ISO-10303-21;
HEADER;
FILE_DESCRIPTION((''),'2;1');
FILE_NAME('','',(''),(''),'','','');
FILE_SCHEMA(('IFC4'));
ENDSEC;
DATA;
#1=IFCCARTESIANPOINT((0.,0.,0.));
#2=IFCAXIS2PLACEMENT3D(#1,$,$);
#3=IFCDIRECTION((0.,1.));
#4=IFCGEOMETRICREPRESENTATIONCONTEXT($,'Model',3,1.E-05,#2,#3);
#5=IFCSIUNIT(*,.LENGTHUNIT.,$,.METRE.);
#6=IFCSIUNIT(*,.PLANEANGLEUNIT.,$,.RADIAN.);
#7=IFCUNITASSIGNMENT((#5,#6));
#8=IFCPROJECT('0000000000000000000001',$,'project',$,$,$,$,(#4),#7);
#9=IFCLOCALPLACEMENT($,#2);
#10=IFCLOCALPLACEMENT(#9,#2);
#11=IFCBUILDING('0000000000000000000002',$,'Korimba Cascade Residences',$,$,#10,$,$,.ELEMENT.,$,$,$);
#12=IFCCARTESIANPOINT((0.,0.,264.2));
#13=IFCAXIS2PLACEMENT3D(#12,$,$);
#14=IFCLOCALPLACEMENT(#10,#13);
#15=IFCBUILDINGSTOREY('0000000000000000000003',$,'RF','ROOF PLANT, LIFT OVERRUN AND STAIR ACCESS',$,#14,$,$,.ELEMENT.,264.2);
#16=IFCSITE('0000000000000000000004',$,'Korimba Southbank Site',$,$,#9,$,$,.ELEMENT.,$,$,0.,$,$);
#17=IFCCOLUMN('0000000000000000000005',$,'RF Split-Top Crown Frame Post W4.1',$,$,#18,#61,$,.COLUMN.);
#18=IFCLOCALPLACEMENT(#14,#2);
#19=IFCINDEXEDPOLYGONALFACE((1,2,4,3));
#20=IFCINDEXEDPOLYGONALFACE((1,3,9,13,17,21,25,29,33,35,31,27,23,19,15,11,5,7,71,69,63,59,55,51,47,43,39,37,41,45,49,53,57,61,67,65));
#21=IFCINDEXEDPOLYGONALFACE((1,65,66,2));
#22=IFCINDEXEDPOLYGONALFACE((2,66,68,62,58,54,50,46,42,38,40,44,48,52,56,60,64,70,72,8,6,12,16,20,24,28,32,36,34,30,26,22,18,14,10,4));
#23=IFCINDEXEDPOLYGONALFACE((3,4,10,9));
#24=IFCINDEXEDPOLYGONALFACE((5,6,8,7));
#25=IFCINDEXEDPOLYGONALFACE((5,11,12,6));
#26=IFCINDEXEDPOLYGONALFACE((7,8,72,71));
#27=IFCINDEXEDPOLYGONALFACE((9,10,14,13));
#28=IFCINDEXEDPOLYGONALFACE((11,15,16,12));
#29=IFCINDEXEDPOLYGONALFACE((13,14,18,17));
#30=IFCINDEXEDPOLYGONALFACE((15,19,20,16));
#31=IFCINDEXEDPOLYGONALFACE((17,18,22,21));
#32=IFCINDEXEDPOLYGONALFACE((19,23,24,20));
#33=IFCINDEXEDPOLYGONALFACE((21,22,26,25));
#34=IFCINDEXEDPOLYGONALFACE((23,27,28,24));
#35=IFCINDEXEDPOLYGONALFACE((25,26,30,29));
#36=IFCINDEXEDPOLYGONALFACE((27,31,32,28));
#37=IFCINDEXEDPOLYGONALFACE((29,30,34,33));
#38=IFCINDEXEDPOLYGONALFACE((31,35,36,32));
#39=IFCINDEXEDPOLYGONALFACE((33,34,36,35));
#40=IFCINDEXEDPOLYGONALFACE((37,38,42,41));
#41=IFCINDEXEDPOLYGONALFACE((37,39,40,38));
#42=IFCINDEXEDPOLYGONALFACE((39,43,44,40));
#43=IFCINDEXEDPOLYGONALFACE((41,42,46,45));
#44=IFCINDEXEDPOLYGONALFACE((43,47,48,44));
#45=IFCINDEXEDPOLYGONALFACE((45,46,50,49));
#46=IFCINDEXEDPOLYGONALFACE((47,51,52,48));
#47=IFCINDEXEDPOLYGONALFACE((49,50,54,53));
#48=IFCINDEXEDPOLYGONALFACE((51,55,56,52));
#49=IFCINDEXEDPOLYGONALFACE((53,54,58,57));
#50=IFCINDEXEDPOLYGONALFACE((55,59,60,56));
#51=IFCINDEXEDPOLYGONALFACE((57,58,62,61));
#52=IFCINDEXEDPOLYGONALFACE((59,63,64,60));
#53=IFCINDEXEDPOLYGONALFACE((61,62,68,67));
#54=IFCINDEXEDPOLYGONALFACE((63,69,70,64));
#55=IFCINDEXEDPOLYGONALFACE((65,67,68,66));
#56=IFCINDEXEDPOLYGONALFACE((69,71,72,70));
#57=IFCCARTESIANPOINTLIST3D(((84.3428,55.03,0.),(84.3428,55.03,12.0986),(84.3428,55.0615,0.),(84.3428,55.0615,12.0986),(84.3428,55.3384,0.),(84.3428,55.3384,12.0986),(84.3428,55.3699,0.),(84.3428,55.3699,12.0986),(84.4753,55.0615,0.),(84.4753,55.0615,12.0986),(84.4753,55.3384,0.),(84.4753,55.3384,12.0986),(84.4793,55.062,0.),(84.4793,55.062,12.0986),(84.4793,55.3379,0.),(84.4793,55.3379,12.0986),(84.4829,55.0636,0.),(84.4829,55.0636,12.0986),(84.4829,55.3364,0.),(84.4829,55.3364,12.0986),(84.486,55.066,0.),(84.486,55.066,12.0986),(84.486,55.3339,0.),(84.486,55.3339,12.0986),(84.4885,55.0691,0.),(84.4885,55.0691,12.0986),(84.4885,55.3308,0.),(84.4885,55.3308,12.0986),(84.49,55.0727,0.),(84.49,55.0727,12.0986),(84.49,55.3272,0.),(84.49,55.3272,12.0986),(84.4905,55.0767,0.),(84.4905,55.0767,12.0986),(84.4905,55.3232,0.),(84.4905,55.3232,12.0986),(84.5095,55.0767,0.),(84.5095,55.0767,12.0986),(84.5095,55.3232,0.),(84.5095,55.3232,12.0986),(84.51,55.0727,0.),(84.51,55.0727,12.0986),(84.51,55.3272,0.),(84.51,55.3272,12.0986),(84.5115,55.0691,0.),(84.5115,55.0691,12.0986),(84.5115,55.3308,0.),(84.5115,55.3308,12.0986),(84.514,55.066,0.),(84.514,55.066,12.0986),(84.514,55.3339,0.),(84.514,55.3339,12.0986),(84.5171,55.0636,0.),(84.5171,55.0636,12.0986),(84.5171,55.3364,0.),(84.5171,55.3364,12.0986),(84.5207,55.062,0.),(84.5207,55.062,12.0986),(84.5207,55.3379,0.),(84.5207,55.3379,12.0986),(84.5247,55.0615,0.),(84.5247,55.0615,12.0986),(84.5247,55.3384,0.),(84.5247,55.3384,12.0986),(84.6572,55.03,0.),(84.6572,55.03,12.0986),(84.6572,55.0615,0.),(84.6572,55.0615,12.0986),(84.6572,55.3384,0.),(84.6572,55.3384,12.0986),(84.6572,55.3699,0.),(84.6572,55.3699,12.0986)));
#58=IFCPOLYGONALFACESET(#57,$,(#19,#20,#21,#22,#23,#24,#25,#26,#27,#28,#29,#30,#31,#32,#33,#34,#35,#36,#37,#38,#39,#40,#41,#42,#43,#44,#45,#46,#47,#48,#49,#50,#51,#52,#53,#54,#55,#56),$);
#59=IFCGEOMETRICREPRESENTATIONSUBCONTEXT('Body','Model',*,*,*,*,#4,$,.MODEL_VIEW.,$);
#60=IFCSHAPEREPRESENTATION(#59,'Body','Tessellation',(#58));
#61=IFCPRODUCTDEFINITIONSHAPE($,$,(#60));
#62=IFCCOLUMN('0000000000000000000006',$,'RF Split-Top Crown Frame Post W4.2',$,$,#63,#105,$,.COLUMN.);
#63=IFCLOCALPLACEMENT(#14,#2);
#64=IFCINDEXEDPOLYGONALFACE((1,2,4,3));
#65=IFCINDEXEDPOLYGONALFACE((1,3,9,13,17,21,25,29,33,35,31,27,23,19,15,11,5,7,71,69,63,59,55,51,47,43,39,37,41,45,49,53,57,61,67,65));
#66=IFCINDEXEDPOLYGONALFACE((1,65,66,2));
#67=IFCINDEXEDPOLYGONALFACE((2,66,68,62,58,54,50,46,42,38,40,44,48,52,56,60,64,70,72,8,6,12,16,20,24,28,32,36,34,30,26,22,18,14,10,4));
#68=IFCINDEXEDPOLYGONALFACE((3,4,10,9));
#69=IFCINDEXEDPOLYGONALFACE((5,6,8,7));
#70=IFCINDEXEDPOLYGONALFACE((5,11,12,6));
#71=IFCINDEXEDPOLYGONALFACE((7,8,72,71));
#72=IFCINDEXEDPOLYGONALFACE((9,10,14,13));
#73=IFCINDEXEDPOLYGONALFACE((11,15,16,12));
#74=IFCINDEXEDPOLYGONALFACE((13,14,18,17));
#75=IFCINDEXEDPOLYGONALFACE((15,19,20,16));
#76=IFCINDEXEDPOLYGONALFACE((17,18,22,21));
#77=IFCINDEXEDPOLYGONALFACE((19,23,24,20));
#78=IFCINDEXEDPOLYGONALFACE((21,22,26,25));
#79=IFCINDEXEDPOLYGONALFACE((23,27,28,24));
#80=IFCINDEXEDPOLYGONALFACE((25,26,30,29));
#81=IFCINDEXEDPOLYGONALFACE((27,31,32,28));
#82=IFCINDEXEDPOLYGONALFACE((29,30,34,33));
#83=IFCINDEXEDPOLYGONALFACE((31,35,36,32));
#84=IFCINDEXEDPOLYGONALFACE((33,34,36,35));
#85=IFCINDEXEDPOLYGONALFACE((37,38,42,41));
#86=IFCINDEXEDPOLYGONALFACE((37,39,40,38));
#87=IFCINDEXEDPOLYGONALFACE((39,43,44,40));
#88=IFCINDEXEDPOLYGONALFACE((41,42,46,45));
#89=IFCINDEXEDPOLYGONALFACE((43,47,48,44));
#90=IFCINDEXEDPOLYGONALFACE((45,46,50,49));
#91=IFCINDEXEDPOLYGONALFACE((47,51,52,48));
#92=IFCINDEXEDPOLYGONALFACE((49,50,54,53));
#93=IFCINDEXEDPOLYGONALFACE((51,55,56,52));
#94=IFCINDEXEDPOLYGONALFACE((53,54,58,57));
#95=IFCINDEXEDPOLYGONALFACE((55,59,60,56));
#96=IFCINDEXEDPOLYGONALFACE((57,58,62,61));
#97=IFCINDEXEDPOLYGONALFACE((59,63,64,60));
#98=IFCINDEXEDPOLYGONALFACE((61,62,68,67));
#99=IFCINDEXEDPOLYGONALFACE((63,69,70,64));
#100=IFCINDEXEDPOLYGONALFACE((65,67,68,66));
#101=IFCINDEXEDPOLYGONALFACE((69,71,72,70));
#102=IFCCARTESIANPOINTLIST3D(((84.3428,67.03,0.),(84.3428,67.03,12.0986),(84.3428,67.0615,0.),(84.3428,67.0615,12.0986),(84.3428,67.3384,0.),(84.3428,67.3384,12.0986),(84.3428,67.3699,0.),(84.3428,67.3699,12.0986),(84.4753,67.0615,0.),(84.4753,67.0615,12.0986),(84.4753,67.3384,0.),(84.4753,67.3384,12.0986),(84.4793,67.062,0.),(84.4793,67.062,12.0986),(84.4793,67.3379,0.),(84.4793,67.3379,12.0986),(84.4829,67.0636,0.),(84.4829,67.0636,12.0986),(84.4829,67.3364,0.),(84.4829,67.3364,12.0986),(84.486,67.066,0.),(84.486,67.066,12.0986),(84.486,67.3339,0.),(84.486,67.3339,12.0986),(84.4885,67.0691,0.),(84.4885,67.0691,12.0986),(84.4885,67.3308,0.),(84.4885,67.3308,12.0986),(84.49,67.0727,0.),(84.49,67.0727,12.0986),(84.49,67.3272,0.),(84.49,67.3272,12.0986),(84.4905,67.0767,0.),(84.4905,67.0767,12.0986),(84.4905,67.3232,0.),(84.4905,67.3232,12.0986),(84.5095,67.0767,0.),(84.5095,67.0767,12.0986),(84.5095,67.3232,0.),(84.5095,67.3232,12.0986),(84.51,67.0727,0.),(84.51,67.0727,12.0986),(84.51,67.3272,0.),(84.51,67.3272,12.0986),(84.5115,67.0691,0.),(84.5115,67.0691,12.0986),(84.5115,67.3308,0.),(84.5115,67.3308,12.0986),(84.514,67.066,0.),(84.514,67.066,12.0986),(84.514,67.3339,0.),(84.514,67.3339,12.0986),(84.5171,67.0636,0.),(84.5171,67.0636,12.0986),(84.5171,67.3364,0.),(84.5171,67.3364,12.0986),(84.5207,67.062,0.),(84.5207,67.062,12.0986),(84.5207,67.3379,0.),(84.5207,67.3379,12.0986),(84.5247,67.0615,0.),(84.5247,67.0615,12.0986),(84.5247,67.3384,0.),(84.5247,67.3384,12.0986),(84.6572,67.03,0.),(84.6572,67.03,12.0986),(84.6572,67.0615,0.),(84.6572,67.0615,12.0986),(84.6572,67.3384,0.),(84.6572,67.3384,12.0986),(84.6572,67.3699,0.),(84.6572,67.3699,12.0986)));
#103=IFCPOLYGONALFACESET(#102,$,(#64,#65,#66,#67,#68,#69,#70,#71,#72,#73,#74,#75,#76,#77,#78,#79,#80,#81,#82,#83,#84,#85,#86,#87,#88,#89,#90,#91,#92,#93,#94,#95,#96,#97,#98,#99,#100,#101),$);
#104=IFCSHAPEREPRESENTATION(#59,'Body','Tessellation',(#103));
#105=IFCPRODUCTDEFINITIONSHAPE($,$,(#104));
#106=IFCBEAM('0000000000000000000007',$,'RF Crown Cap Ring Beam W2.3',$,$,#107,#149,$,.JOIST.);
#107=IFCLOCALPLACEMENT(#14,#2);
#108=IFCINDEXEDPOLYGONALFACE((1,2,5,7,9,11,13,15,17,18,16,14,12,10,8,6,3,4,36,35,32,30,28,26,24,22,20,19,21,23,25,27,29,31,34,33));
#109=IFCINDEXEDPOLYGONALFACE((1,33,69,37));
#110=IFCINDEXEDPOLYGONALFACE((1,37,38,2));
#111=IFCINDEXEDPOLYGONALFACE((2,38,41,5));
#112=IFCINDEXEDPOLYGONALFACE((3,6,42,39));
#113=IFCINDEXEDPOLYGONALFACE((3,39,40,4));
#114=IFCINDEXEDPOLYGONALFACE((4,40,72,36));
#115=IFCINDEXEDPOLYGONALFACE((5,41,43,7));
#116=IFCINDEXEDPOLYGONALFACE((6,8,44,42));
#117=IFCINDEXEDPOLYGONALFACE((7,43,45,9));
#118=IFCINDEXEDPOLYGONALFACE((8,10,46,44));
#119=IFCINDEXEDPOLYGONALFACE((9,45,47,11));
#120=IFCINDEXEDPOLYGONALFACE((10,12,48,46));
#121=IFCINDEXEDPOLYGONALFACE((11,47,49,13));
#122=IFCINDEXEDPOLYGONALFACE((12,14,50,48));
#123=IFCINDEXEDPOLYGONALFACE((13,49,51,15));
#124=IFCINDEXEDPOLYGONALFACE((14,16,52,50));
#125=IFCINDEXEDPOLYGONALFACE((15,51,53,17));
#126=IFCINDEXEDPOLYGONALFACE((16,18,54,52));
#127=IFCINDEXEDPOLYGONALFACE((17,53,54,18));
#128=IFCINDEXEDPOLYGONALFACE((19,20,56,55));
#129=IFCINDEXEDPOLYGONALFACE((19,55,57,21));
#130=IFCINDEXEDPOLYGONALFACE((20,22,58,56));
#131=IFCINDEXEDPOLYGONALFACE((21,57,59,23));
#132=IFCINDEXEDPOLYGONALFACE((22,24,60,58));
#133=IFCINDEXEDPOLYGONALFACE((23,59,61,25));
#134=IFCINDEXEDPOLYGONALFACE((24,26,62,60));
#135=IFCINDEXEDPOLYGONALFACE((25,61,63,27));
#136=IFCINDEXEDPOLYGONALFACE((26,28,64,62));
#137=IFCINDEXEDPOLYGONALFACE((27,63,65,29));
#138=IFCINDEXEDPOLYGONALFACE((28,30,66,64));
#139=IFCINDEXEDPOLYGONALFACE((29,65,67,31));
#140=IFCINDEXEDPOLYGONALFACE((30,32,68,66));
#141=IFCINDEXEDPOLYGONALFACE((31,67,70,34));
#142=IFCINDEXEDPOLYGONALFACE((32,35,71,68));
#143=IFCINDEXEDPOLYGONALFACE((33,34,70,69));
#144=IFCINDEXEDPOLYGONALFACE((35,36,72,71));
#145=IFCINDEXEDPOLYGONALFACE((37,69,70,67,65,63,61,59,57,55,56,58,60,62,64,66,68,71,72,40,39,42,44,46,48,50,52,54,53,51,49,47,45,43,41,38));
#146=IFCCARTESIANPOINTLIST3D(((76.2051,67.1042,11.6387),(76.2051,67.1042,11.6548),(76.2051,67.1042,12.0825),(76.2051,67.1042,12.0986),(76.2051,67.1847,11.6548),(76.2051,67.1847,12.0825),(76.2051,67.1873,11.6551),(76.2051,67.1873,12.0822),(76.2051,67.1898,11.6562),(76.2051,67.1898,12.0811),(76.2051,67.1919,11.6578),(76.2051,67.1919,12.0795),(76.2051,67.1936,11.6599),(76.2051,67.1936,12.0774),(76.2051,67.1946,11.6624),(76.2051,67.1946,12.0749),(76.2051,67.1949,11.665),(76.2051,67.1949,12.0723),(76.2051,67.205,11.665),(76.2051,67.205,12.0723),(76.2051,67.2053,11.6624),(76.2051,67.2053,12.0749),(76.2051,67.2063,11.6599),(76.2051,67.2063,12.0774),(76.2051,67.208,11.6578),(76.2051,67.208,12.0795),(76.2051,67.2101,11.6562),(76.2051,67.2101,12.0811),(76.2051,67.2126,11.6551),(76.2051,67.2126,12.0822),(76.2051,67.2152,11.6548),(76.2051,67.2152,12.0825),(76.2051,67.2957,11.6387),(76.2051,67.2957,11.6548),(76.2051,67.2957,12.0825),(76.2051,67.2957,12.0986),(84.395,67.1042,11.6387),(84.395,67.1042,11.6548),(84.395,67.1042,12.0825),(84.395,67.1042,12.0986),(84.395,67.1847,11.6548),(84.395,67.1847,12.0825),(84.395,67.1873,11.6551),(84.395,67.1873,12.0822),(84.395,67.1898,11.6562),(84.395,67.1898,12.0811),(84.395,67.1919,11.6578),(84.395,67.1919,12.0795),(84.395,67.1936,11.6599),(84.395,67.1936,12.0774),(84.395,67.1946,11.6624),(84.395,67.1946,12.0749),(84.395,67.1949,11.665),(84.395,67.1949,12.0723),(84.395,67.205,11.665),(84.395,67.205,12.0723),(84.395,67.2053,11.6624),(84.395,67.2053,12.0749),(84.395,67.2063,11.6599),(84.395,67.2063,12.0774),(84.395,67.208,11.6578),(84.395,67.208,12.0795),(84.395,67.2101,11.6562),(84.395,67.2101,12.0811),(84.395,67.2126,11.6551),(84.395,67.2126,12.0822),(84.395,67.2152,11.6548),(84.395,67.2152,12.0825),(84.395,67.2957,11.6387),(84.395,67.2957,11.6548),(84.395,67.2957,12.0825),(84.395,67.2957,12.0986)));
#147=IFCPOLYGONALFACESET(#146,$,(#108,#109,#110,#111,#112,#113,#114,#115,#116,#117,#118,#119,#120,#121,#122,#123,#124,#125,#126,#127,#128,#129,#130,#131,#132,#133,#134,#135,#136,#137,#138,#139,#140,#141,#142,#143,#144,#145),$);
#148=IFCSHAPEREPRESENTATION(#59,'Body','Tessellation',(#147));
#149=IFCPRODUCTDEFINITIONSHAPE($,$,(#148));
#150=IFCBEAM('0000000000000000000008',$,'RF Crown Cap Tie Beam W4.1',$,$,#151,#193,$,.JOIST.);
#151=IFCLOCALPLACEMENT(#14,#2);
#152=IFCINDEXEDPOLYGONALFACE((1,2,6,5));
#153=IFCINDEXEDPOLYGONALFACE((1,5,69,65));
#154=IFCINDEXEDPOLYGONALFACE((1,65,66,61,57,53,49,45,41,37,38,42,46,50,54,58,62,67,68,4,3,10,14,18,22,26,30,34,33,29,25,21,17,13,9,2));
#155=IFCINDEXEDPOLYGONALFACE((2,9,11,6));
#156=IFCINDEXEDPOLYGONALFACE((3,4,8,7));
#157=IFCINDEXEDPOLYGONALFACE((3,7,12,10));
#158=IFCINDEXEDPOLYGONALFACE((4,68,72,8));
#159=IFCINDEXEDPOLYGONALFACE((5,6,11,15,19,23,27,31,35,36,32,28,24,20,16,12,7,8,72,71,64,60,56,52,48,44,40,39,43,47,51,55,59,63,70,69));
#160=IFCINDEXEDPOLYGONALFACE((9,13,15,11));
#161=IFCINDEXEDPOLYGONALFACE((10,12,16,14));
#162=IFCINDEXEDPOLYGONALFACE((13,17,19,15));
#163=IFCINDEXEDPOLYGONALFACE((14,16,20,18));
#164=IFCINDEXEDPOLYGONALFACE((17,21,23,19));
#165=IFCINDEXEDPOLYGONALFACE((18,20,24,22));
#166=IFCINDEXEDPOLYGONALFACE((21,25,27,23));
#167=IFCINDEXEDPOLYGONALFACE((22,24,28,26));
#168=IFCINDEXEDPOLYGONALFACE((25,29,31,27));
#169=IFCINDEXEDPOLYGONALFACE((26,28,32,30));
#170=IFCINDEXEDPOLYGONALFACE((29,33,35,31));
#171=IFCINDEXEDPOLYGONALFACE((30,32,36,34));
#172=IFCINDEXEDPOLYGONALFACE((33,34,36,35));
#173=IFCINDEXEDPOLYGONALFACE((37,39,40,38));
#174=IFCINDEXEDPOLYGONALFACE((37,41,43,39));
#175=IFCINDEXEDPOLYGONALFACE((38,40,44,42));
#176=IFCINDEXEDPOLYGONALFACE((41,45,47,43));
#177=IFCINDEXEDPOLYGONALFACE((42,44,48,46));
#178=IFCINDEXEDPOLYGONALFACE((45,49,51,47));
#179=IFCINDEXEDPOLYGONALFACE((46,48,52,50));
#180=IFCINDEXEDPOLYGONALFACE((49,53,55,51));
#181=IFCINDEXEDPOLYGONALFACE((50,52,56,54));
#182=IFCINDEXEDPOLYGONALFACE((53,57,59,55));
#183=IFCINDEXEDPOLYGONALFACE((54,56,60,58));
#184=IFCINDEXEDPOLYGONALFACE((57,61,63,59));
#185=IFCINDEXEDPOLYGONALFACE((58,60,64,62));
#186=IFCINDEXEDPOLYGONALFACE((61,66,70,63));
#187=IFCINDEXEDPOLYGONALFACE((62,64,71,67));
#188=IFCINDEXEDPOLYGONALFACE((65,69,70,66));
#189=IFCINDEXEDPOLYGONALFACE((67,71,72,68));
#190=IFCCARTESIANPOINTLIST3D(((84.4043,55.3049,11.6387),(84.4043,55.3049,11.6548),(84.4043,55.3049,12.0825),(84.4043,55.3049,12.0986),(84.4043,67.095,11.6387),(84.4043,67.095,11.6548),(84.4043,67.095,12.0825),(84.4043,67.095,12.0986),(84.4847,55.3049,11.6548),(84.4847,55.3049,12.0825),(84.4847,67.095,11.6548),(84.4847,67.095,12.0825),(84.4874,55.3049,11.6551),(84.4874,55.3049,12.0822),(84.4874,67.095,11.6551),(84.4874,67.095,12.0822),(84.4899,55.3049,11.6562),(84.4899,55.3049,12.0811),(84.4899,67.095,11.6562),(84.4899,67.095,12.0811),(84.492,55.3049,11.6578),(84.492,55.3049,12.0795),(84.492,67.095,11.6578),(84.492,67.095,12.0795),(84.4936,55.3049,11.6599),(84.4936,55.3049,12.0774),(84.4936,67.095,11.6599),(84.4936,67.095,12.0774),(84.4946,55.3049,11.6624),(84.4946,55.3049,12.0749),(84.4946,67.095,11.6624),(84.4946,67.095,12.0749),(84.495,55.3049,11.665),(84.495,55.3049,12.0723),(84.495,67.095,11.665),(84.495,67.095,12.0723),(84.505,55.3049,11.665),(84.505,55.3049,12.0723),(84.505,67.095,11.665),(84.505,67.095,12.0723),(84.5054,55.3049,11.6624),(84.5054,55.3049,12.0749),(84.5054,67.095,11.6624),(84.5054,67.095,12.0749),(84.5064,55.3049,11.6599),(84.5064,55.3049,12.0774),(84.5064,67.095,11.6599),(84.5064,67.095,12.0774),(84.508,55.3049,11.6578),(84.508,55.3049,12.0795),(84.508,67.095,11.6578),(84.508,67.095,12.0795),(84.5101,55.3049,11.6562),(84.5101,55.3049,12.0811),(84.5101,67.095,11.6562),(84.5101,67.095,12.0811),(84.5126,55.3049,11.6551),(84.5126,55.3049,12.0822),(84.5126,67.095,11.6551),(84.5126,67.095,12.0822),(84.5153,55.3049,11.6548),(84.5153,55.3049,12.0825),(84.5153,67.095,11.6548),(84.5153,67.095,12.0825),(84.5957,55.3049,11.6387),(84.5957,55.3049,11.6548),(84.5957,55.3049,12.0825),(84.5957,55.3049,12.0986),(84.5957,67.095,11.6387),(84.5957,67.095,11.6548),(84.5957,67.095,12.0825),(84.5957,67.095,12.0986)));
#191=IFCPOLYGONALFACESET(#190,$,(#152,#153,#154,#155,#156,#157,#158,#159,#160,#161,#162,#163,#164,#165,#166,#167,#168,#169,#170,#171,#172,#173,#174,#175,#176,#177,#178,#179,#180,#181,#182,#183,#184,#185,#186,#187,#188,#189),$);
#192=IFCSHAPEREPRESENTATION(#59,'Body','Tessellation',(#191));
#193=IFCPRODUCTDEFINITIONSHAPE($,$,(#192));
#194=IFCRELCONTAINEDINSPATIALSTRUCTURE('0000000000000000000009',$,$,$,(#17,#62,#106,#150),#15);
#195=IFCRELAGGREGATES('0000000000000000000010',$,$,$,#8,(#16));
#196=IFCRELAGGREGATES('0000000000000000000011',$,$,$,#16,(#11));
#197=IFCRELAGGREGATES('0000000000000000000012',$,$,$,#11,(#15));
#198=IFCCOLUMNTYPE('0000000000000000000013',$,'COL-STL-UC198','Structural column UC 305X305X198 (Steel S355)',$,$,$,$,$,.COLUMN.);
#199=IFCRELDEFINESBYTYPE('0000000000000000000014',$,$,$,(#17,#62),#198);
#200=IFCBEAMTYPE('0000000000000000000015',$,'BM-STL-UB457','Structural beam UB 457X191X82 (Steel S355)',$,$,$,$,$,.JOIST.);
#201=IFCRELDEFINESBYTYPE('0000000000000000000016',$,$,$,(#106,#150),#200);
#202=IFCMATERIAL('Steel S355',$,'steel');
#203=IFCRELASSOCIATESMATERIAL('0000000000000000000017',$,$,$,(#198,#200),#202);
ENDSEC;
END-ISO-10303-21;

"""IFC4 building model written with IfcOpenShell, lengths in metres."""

from ifc_helpers import new_model, si_unit, direction, frame, origin, origin_2d, place, context, subcontext, project, spatial, i_section, extrude, material, material_profile, profile_set, type_object, element, save


model = new_model("IFC4")

# Units and contexts
model_context = context("Model", 3, precision=1e-05, world=origin(), true_north=direction((0.0, 1.0)))
body_context = subcontext(model_context, "Body", "Model", "MODEL_VIEW")
ifc_project = project(units=[si_unit("LENGTHUNIT", "METRE"), si_unit("PLANEANGLEUNIT", "RADIAN")], contexts=[model_context])

# Site, building, storey
site_placement = place(None, origin())
site = spatial("IfcSite", under=ifc_project, at=site_placement, Name="Korimba Southbank Site", CompositionType="ELEMENT", RefElevation=0.0)
building_placement = place(site_placement, origin())
building = spatial("IfcBuilding", under=site, at=building_placement, Name="Korimba Cascade Residences", CompositionType="ELEMENT")
storey_placement = place(building_placement, frame((0.0, 0.0, 264.2)))
storey = spatial("IfcBuildingStorey", under=building, at=storey_placement, Name="RF", Description="ROOF PLANT, LIFT OVERRUN AND STAIR ACCESS", CompositionType="ELEMENT", Elevation=264.2)

# Columns
ifc_material_1 = material(Name="Steel S355", Category="steel")
ifc_material_profile_1 = material_profile(ifc_material_1, i_section(OverallWidth=0.3145, OverallDepth=0.3398, WebThickness=0.019, FlangeThickness=0.0315, FilletRadius=0.0151, at=origin_2d()), Name="Steel S355")
ifc_profile_set_1 = profile_set([ifc_material_profile_1], Name="Steel S355")
column_type = type_object("IfcColumnType", Name="COL-STL-UC198", Description="Structural column UC 305X305X198 (Steel S355)", PredefinedType="COLUMN", material=ifc_profile_set_1)
for number, where, z_axis, x_axis, name in (
    (1, (84.5, 55.2, 0.0), (0.0, 0.0, 1.0), (1.0, 0.0, 0.0), "RF Split-Top Crown Frame Post W4.1"),
    (2, (84.5, 67.2, 0.0), (0.0, 0.0, 1.0), (1.0, 0.0, 0.0), "RF Split-Top Crown Frame Post W4.2"),
):
    element("IfcColumn", number, at=place(storey_placement, frame(where, z_axis=z_axis, x_axis=x_axis)), inside=storey, type_object=column_type, Name=name, PredefinedType="COLUMN", context=body_context, shape_type="SweptSolid", body=[
        extrude(i_section(OverallWidth=0.3145, OverallDepth=0.3398, WebThickness=0.019, FlangeThickness=0.0315, FilletRadius=0.0151, at=origin_2d()), origin(), (0.0, 0.0, 1.0), 12.0986),
    ])

# Beams
ifc_material_profile_2 = material_profile(ifc_material_1, i_section(OverallWidth=0.1914, OverallDepth=0.46, WebThickness=0.01, FlangeThickness=0.0161, FilletRadius=0.0103, at=origin_2d()), Name="Steel S355")
ifc_profile_set_2 = profile_set([ifc_material_profile_2], Name="Steel S355")
beam_type = type_object("IfcBeamType", Name="BM-STL-UB457", Description="Structural beam UB 457X191X82 (Steel S355)", PredefinedType="JOIST", material=ifc_profile_set_2)
beam_1_placement = place(storey_placement, frame((76.2051, 67.2, 11.8687), z_axis=(1.0, 0.0, 0.0), x_axis=(0.0, 1.0, 0.0)))
element("IfcBeam", 3, at=beam_1_placement, inside=storey, type_object=beam_type, Name="RF Crown Cap Ring Beam W2.3", PredefinedType="JOIST", context=body_context, shape_type="SweptSolid", body=[
    extrude(i_section(OverallWidth=0.1914, OverallDepth=0.46, WebThickness=0.01, FlangeThickness=0.0161, FilletRadius=0.0103, at=origin_2d()), origin(), (0.0, 0.0, 1.0), 8.1899),
])
beam_2_placement = place(storey_placement, frame((84.5, 55.3049, 11.8687), z_axis=(0.0, 1.0, 0.0), x_axis=(-1.0, 0.0, 0.0)))
element("IfcBeam", 4, at=beam_2_placement, inside=storey, type_object=beam_type, Name="RF Crown Cap Tie Beam W4.1", PredefinedType="JOIST", context=body_context, shape_type="SweptSolid", body=[
    extrude(i_section(OverallWidth=0.1914, OverallDepth=0.46, WebThickness=0.01, FlangeThickness=0.0161, FilletRadius=0.0103, at=origin_2d()), origin(), (0.0, 0.0, 1.0), 11.79),
])

save(model, "model.ifc")
